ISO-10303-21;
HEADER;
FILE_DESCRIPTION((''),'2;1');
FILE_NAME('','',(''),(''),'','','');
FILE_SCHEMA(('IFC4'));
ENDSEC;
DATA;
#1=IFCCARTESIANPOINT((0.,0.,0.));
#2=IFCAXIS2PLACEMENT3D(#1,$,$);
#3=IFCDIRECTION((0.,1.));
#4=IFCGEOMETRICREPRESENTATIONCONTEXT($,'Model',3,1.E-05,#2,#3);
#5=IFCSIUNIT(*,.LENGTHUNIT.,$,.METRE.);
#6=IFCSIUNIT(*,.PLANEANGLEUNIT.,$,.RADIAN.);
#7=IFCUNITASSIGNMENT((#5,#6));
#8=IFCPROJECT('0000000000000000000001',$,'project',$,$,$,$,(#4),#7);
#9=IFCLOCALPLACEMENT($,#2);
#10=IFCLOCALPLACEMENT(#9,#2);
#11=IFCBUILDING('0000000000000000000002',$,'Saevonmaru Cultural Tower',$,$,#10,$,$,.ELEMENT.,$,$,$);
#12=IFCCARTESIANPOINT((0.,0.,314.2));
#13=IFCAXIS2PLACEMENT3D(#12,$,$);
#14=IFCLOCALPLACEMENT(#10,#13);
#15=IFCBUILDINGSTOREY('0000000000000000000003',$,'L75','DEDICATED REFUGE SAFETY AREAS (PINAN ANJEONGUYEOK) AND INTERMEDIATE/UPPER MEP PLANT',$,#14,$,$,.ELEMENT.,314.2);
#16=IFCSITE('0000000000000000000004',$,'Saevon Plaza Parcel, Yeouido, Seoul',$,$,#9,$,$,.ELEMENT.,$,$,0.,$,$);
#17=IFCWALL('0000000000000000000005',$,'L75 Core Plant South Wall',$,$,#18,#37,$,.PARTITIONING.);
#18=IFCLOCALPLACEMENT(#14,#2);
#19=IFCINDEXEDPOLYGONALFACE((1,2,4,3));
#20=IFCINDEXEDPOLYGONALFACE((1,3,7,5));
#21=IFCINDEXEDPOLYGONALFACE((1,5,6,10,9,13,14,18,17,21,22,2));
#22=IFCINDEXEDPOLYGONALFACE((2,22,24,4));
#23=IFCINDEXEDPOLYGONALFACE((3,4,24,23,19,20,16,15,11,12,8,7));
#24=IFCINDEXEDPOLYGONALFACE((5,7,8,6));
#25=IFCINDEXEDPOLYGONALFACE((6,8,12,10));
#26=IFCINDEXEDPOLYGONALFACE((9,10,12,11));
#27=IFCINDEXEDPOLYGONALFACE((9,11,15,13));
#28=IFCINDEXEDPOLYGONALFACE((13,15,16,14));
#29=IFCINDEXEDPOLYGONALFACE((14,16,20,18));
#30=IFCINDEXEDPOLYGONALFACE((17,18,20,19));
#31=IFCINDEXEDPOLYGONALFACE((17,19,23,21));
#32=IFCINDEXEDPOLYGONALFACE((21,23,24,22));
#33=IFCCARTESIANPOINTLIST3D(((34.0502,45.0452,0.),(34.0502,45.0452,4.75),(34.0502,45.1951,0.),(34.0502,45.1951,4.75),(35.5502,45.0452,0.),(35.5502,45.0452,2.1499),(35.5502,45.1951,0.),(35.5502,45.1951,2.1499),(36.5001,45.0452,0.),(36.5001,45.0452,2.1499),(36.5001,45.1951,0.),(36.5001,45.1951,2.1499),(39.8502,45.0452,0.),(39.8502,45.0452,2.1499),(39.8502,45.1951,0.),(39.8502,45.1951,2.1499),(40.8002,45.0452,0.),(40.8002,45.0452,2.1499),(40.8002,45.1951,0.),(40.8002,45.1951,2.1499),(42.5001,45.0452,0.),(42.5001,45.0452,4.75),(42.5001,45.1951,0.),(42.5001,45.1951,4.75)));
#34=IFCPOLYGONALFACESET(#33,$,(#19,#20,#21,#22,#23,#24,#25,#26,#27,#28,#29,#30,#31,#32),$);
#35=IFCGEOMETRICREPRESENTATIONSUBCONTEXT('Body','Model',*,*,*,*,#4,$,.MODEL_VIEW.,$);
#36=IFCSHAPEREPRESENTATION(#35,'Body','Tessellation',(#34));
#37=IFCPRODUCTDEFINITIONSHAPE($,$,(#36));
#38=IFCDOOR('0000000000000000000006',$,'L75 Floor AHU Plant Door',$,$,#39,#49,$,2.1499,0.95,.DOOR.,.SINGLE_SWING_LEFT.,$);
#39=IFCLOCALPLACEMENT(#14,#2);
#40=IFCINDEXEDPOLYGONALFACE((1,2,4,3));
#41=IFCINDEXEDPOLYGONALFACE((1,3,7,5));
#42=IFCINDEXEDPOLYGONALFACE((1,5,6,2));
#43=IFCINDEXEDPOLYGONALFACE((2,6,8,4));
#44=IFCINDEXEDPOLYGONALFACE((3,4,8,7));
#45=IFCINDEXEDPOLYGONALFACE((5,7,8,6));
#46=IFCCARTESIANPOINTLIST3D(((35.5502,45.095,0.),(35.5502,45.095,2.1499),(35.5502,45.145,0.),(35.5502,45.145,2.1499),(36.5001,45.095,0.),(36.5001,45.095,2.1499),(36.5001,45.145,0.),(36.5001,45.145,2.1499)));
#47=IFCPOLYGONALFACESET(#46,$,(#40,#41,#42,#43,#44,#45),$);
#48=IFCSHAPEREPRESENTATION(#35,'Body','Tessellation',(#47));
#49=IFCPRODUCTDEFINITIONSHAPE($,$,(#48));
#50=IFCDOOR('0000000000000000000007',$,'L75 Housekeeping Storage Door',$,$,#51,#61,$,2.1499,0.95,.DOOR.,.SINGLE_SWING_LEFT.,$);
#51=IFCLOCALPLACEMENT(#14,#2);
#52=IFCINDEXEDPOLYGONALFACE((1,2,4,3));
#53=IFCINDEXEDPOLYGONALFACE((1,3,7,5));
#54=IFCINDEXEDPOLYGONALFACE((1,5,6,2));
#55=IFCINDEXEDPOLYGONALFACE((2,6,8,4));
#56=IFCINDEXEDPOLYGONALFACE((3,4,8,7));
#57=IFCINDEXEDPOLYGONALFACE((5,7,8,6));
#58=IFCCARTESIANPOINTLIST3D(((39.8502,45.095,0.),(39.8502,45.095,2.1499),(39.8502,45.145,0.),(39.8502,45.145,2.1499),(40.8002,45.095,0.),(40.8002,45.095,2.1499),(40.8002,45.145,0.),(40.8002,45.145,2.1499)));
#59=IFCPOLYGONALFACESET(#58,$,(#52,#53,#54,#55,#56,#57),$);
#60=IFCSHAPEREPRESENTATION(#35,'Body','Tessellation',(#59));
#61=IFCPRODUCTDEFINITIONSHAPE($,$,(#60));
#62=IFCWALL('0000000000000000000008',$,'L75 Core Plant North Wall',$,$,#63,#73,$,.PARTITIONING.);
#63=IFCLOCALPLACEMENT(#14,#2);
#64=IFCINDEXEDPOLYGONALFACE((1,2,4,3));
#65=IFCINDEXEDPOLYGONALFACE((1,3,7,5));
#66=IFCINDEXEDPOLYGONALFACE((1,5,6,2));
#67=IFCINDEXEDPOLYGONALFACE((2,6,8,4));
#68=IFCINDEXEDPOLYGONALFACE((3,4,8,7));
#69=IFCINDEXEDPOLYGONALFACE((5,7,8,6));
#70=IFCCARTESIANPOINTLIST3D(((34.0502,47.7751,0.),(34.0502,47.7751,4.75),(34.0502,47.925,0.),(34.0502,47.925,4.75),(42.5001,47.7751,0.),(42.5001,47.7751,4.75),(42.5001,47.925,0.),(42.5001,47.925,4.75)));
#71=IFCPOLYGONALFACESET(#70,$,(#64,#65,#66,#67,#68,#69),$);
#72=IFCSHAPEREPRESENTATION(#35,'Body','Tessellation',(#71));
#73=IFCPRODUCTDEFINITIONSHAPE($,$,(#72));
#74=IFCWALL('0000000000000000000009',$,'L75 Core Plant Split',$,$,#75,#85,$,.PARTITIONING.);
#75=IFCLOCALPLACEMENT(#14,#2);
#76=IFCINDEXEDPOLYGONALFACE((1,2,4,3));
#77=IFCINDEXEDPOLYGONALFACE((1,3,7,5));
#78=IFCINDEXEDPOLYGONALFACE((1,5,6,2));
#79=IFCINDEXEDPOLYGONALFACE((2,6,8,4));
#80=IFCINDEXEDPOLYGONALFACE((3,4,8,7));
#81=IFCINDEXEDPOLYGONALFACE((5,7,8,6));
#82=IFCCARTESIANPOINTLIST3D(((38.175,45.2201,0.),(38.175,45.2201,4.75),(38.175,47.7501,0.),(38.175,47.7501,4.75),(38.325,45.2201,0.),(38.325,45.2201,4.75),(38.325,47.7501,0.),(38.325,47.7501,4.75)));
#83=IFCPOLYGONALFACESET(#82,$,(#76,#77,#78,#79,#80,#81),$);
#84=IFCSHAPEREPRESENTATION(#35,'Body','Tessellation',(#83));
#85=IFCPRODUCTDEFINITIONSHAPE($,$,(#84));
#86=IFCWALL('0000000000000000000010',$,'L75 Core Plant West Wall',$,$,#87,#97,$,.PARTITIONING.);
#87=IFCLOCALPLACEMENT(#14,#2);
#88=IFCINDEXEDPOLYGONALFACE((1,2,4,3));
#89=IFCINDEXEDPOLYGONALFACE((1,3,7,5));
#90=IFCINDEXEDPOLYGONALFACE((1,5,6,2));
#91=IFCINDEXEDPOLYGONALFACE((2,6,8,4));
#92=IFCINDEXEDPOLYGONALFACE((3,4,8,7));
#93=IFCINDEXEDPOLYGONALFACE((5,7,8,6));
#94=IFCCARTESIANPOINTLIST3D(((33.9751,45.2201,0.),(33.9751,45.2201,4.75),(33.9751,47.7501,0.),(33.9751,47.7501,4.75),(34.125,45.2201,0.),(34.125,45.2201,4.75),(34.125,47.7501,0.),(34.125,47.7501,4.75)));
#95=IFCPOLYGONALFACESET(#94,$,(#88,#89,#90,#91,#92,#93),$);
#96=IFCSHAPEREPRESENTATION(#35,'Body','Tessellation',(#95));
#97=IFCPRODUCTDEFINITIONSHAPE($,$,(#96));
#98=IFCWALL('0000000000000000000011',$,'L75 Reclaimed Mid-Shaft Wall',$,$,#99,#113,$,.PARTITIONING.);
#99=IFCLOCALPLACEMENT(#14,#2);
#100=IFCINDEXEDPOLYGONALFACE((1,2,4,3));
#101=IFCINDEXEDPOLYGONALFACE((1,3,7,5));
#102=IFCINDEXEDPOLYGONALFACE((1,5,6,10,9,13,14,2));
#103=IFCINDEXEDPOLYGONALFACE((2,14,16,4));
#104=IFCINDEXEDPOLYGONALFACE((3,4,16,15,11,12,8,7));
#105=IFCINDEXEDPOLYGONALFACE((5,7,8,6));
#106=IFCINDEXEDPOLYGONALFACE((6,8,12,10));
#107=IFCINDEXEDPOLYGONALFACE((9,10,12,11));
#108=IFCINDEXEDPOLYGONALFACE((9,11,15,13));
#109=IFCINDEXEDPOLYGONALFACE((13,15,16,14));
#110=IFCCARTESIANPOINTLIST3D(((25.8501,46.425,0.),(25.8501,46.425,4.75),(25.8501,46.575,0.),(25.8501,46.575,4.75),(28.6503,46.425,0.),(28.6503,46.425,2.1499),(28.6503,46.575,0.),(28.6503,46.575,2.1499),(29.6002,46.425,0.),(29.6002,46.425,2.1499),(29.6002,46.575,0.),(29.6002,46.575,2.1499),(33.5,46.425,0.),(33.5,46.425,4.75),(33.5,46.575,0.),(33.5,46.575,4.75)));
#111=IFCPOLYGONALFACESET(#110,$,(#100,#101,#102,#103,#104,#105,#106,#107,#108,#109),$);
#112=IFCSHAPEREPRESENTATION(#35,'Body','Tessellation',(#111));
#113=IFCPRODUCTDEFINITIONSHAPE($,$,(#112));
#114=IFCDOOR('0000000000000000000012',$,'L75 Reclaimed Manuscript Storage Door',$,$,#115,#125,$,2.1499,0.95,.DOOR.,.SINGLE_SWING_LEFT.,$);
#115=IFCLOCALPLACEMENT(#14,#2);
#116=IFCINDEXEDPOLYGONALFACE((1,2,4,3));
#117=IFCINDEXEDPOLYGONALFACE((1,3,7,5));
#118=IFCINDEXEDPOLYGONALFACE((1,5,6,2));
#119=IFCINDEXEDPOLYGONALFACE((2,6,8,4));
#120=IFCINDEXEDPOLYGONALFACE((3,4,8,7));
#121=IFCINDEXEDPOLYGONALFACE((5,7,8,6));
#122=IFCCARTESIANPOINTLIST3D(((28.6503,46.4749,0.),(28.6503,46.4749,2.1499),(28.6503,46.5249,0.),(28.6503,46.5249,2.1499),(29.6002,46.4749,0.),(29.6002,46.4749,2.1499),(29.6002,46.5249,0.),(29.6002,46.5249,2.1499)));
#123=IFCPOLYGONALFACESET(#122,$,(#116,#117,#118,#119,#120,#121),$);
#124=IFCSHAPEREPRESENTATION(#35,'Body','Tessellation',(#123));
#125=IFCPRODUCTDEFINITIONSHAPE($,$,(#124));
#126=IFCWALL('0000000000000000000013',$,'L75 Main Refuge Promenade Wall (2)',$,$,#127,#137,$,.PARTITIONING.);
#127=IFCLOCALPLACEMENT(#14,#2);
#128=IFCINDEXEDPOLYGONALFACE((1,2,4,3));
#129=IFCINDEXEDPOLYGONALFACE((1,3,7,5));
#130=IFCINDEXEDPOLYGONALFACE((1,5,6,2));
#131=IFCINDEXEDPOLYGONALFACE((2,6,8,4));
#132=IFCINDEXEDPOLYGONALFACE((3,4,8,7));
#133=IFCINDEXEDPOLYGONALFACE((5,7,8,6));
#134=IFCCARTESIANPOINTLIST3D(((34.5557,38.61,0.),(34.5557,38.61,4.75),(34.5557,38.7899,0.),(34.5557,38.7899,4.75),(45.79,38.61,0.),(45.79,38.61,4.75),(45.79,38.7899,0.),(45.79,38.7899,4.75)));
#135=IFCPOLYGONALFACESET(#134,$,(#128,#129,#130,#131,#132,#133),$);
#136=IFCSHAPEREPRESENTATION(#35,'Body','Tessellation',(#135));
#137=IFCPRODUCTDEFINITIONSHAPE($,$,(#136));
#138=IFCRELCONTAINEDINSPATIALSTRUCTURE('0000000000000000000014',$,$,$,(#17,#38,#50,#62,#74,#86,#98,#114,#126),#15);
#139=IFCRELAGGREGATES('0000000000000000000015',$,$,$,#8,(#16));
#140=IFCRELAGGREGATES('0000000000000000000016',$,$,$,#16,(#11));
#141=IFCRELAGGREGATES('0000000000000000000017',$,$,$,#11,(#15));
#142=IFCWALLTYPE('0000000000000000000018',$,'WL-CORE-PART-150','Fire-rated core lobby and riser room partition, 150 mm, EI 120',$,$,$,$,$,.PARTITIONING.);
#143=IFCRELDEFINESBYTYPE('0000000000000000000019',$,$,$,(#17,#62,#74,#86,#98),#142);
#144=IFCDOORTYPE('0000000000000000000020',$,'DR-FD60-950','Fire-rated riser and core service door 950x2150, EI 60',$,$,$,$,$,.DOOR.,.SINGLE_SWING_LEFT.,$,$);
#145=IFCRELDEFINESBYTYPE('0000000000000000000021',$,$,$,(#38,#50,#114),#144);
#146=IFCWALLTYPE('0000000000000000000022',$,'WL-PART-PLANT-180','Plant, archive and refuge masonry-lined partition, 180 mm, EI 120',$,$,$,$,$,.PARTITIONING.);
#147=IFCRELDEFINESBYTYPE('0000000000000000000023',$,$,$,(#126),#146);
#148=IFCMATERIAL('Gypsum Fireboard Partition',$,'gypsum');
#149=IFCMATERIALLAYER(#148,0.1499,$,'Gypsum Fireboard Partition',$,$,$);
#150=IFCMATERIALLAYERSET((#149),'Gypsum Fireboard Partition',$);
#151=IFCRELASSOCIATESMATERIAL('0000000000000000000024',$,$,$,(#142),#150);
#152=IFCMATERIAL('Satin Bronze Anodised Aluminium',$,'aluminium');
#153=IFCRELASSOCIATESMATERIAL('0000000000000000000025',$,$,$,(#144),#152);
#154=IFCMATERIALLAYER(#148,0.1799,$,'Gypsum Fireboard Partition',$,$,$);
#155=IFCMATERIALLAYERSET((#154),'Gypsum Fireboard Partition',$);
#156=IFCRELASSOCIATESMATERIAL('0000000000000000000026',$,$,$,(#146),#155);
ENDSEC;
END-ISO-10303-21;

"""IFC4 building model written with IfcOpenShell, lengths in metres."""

from ifc_helpers import new_model, si_unit, direction, frame, frame_2d, origin, place, context, subcontext, project, spatial, rectangle, extrude, material, layer, layer_set, type_object, element, fill, save


model = new_model("IFC4")

# Units and contexts
model_context = context("Model", 3, precision=1e-05, world=origin(), true_north=direction((0.0, 1.0)))
body_context = subcontext(model_context, "Body", "Model", "MODEL_VIEW")
ifc_project = project(units=[si_unit("LENGTHUNIT", "METRE"), si_unit("PLANEANGLEUNIT", "RADIAN")], contexts=[model_context])

# Site, building, storey
site_placement = place(None, origin())
site = spatial("IfcSite", under=ifc_project, at=site_placement, Name="Saevon Plaza Parcel, Yeouido, Seoul", CompositionType="ELEMENT", RefElevation=0.0)
building_placement = place(site_placement, origin())
building = spatial("IfcBuilding", under=site, at=building_placement, Name="Saevonmaru Cultural Tower", CompositionType="ELEMENT")
storey_placement = place(building_placement, frame((0.0, 0.0, 314.2)))
storey = spatial("IfcBuildingStorey", under=building, at=storey_placement, Name="L75", Description="DEDICATED REFUGE SAFETY AREAS (PINAN ANJEONGUYEOK) AND INTERMEDIATE/UPPER MEP PLANT", CompositionType="ELEMENT", Elevation=314.2)

# Shared definitions
ifc_material_1 = material(Name="Satin Bronze Anodised Aluminium", Category="aluminium")

# Shared definitions
ifc_material_2 = material(Name="Gypsum Fireboard Partition", Category="gypsum")
ifc_layer_1 = layer(ifc_material_2, 0.1499, Name="Gypsum Fireboard Partition")
ifc_layer_set_1 = layer_set([ifc_layer_1], Name="Gypsum Fireboard Partition")
wall_type_1 = type_object("IfcWallType", Name="WL-CORE-PART-150", Description="Fire-rated core lobby and riser room partition, 150 mm, EI 120", PredefinedType="PARTITIONING", material=ifc_layer_set_1)

# Wall, openings, doors
wall_1_placement = place(storey_placement, frame((34.05, 45.1201, 0.0), z_axis=(0.0, 0.0, 1.0), x_axis=(1.0, 0.0, 0.0)))
wall_1 = element("IfcWall", 1, at=wall_1_placement, inside=storey, type_object=wall_type_1, Name="L75 Core Plant South Wall", PredefinedType="PARTITIONING", context=body_context, shape_type="SweptSolid", body=[
    extrude(rectangle(XDim=8.45, YDim=0.1499, at=frame_2d((4.2251, 0.0))), origin(), (0.0, 0.0, 1.0), 4.75),
])
opening_1_placement = place(wall_1_placement, frame((1.5, 0.0, 0.0)))
opening_1 = element("IfcOpeningElement", 2, at=opening_1_placement, cuts=wall_1, PredefinedType="OPENING", context=body_context, shape_type="SweptSolid", body=[
    extrude(rectangle(XDim=0.95, YDim=2.1499, at=frame_2d((0.4751, 1.075))), frame((0.0, 0.085, 0.0), z_axis=(0.0, -1.0, 0.0), x_axis=(1.0, 0.0, 0.0)), (0.0, 0.0, 1.0), 0.1699),
])
opening_2_placement = place(wall_1_placement, frame((5.8, 0.0, 0.0)))
opening_2 = element("IfcOpeningElement", 3, at=opening_2_placement, cuts=wall_1, PredefinedType="OPENING", context=body_context, shape_type="SweptSolid", body=[
    extrude(rectangle(XDim=0.95, YDim=2.1499, at=frame_2d((0.4751, 1.075))), frame((0.0, 0.085, 0.0), z_axis=(0.0, -1.0, 0.0), x_axis=(1.0, 0.0, 0.0)), (0.0, 0.0, 1.0), 0.1699),
])
door_type_1 = type_object("IfcDoorType", Name="DR-FD60-950", Description="Fire-rated riser and core service door 950x2150, EI 60", OperationType="SINGLE_SWING_LEFT", PredefinedType="DOOR", material=ifc_material_1)
door_1_placement = place(opening_1_placement, origin())
door_1 = element("IfcDoor", 4, at=door_1_placement, inside=storey, type_object=door_type_1, Name="L75 Floor AHU Plant Door", OperationType="SINGLE_SWING_LEFT", OverallHeight=2.1499, OverallWidth=0.95, PredefinedType="DOOR", context=body_context, shape_type="SweptSolid", body=[
    extrude(rectangle(XDim=0.95, YDim=2.1499, at=frame_2d((0.4751, 1.075))), frame((0.0, 0.0249, 0.0), z_axis=(0.0, -1.0, 0.0), x_axis=(1.0, 0.0, 0.0)), (0.0, 0.0, 1.0), 0.05),
])
fill(opening_1, door_1)
door_2_placement = place(opening_2_placement, origin())
door_2 = element("IfcDoor", 5, at=door_2_placement, inside=storey, type_object=door_type_1, Name="L75 Housekeeping Storage Door", OperationType="SINGLE_SWING_LEFT", OverallHeight=2.1499, OverallWidth=0.95, PredefinedType="DOOR", context=body_context, shape_type="SweptSolid", body=[
    extrude(rectangle(XDim=0.95, YDim=2.1499, at=frame_2d((0.4751, 1.075))), frame((0.0, 0.0249, 0.0), z_axis=(0.0, -1.0, 0.0), x_axis=(1.0, 0.0, 0.0)), (0.0, 0.0, 1.0), 0.05),
])
fill(opening_2, door_2)

# Walls
wall_2_placement = place(storey_placement, frame((34.05, 47.8501, 0.0), z_axis=(0.0, 0.0, 1.0), x_axis=(1.0, 0.0, 0.0)))
element("IfcWall", 6, at=wall_2_placement, inside=storey, type_object=wall_type_1, Name="L75 Core Plant North Wall", PredefinedType="PARTITIONING", context=body_context, shape_type="SweptSolid", body=[
    extrude(rectangle(XDim=8.45, YDim=0.1499, at=frame_2d((4.2251, 0.0))), origin(), (0.0, 0.0, 1.0), 4.75),
])
for number, where, z_axis, x_axis, name in (
    (7, (38.25, 45.22, 0.0), (0.0, 0.0, 1.0), (0.0, 1.0, 0.0), "L75 Core Plant Split"),
    (8, (34.05, 45.22, 0.0), (0.0, 0.0, 1.0), (0.0, 1.0, 0.0), "L75 Core Plant West Wall"),
):
    element("IfcWall", number, at=place(storey_placement, frame(where, z_axis=z_axis, x_axis=x_axis)), inside=storey, type_object=wall_type_1, Name=name, PredefinedType="PARTITIONING", context=body_context, shape_type="SweptSolid", body=[
        extrude(rectangle(XDim=2.53, YDim=0.1499, at=frame_2d((1.2651, 0.0))), origin(), (0.0, 0.0, 1.0), 4.75),
    ])

# Wall, opening, door
wall_3_placement = place(storey_placement, frame((25.8501, 46.5, 0.0), z_axis=(0.0, 0.0, 1.0), x_axis=(1.0, 0.0, 0.0)))
wall_3 = element("IfcWall", 9, at=wall_3_placement, inside=storey, type_object=wall_type_1, Name="L75 Reclaimed Mid-Shaft Wall", PredefinedType="PARTITIONING", context=body_context, shape_type="SweptSolid", body=[
    extrude(rectangle(XDim=7.6499, YDim=0.1499, at=frame_2d((3.825, 0.0))), origin(), (0.0, 0.0, 1.0), 4.75),
])
opening_3_placement = place(wall_3_placement, frame((2.8, 0.0, 0.0)))
opening_3 = element("IfcOpeningElement", 10, at=opening_3_placement, cuts=wall_3, PredefinedType="OPENING", context=body_context, shape_type="SweptSolid", body=[
    extrude(rectangle(XDim=0.95, YDim=2.1499, at=frame_2d((0.4751, 1.075))), frame((0.0, 0.085, 0.0), z_axis=(0.0, -1.0, 0.0), x_axis=(1.0, 0.0, 0.0)), (0.0, 0.0, 1.0), 0.1699),
])
door_3_placement = place(opening_3_placement, origin())
door_3 = element("IfcDoor", 11, at=door_3_placement, inside=storey, type_object=door_type_1, Name="L75 Reclaimed Manuscript Storage Door", OperationType="SINGLE_SWING_LEFT", OverallHeight=2.1499, OverallWidth=0.95, PredefinedType="DOOR", context=body_context, shape_type="SweptSolid", body=[
    extrude(rectangle(XDim=0.95, YDim=2.1499, at=frame_2d((0.4751, 1.075))), frame((0.0, 0.0249, 0.0), z_axis=(0.0, -1.0, 0.0), x_axis=(1.0, 0.0, 0.0)), (0.0, 0.0, 1.0), 0.05),
])
fill(opening_3, door_3)

# Wall
ifc_layer_2 = layer(ifc_material_2, 0.1799, Name="Gypsum Fireboard Partition")
ifc_layer_set_2 = layer_set([ifc_layer_2], Name="Gypsum Fireboard Partition")
wall_type_2 = type_object("IfcWallType", Name="WL-PART-PLANT-180", Description="Plant, archive and refuge masonry-lined partition, 180 mm, EI 120", PredefinedType="PARTITIONING", material=ifc_layer_set_2)
wall_4_placement = place(storey_placement, frame((34.5557, 38.7, 0.0), z_axis=(0.0, 0.0, 1.0), x_axis=(1.0, 0.0, 0.0)))
element("IfcWall", 12, at=wall_4_placement, inside=storey, type_object=wall_type_2, Name="L75 Main Refuge Promenade Wall (2)", PredefinedType="PARTITIONING", context=body_context, shape_type="SweptSolid", body=[
    extrude(rectangle(XDim=11.2344, YDim=0.1799, at=frame_2d((5.6172, 0.0))), origin(), (0.0, 0.0, 1.0), 4.75),
])

save(model, "model.ifc")
